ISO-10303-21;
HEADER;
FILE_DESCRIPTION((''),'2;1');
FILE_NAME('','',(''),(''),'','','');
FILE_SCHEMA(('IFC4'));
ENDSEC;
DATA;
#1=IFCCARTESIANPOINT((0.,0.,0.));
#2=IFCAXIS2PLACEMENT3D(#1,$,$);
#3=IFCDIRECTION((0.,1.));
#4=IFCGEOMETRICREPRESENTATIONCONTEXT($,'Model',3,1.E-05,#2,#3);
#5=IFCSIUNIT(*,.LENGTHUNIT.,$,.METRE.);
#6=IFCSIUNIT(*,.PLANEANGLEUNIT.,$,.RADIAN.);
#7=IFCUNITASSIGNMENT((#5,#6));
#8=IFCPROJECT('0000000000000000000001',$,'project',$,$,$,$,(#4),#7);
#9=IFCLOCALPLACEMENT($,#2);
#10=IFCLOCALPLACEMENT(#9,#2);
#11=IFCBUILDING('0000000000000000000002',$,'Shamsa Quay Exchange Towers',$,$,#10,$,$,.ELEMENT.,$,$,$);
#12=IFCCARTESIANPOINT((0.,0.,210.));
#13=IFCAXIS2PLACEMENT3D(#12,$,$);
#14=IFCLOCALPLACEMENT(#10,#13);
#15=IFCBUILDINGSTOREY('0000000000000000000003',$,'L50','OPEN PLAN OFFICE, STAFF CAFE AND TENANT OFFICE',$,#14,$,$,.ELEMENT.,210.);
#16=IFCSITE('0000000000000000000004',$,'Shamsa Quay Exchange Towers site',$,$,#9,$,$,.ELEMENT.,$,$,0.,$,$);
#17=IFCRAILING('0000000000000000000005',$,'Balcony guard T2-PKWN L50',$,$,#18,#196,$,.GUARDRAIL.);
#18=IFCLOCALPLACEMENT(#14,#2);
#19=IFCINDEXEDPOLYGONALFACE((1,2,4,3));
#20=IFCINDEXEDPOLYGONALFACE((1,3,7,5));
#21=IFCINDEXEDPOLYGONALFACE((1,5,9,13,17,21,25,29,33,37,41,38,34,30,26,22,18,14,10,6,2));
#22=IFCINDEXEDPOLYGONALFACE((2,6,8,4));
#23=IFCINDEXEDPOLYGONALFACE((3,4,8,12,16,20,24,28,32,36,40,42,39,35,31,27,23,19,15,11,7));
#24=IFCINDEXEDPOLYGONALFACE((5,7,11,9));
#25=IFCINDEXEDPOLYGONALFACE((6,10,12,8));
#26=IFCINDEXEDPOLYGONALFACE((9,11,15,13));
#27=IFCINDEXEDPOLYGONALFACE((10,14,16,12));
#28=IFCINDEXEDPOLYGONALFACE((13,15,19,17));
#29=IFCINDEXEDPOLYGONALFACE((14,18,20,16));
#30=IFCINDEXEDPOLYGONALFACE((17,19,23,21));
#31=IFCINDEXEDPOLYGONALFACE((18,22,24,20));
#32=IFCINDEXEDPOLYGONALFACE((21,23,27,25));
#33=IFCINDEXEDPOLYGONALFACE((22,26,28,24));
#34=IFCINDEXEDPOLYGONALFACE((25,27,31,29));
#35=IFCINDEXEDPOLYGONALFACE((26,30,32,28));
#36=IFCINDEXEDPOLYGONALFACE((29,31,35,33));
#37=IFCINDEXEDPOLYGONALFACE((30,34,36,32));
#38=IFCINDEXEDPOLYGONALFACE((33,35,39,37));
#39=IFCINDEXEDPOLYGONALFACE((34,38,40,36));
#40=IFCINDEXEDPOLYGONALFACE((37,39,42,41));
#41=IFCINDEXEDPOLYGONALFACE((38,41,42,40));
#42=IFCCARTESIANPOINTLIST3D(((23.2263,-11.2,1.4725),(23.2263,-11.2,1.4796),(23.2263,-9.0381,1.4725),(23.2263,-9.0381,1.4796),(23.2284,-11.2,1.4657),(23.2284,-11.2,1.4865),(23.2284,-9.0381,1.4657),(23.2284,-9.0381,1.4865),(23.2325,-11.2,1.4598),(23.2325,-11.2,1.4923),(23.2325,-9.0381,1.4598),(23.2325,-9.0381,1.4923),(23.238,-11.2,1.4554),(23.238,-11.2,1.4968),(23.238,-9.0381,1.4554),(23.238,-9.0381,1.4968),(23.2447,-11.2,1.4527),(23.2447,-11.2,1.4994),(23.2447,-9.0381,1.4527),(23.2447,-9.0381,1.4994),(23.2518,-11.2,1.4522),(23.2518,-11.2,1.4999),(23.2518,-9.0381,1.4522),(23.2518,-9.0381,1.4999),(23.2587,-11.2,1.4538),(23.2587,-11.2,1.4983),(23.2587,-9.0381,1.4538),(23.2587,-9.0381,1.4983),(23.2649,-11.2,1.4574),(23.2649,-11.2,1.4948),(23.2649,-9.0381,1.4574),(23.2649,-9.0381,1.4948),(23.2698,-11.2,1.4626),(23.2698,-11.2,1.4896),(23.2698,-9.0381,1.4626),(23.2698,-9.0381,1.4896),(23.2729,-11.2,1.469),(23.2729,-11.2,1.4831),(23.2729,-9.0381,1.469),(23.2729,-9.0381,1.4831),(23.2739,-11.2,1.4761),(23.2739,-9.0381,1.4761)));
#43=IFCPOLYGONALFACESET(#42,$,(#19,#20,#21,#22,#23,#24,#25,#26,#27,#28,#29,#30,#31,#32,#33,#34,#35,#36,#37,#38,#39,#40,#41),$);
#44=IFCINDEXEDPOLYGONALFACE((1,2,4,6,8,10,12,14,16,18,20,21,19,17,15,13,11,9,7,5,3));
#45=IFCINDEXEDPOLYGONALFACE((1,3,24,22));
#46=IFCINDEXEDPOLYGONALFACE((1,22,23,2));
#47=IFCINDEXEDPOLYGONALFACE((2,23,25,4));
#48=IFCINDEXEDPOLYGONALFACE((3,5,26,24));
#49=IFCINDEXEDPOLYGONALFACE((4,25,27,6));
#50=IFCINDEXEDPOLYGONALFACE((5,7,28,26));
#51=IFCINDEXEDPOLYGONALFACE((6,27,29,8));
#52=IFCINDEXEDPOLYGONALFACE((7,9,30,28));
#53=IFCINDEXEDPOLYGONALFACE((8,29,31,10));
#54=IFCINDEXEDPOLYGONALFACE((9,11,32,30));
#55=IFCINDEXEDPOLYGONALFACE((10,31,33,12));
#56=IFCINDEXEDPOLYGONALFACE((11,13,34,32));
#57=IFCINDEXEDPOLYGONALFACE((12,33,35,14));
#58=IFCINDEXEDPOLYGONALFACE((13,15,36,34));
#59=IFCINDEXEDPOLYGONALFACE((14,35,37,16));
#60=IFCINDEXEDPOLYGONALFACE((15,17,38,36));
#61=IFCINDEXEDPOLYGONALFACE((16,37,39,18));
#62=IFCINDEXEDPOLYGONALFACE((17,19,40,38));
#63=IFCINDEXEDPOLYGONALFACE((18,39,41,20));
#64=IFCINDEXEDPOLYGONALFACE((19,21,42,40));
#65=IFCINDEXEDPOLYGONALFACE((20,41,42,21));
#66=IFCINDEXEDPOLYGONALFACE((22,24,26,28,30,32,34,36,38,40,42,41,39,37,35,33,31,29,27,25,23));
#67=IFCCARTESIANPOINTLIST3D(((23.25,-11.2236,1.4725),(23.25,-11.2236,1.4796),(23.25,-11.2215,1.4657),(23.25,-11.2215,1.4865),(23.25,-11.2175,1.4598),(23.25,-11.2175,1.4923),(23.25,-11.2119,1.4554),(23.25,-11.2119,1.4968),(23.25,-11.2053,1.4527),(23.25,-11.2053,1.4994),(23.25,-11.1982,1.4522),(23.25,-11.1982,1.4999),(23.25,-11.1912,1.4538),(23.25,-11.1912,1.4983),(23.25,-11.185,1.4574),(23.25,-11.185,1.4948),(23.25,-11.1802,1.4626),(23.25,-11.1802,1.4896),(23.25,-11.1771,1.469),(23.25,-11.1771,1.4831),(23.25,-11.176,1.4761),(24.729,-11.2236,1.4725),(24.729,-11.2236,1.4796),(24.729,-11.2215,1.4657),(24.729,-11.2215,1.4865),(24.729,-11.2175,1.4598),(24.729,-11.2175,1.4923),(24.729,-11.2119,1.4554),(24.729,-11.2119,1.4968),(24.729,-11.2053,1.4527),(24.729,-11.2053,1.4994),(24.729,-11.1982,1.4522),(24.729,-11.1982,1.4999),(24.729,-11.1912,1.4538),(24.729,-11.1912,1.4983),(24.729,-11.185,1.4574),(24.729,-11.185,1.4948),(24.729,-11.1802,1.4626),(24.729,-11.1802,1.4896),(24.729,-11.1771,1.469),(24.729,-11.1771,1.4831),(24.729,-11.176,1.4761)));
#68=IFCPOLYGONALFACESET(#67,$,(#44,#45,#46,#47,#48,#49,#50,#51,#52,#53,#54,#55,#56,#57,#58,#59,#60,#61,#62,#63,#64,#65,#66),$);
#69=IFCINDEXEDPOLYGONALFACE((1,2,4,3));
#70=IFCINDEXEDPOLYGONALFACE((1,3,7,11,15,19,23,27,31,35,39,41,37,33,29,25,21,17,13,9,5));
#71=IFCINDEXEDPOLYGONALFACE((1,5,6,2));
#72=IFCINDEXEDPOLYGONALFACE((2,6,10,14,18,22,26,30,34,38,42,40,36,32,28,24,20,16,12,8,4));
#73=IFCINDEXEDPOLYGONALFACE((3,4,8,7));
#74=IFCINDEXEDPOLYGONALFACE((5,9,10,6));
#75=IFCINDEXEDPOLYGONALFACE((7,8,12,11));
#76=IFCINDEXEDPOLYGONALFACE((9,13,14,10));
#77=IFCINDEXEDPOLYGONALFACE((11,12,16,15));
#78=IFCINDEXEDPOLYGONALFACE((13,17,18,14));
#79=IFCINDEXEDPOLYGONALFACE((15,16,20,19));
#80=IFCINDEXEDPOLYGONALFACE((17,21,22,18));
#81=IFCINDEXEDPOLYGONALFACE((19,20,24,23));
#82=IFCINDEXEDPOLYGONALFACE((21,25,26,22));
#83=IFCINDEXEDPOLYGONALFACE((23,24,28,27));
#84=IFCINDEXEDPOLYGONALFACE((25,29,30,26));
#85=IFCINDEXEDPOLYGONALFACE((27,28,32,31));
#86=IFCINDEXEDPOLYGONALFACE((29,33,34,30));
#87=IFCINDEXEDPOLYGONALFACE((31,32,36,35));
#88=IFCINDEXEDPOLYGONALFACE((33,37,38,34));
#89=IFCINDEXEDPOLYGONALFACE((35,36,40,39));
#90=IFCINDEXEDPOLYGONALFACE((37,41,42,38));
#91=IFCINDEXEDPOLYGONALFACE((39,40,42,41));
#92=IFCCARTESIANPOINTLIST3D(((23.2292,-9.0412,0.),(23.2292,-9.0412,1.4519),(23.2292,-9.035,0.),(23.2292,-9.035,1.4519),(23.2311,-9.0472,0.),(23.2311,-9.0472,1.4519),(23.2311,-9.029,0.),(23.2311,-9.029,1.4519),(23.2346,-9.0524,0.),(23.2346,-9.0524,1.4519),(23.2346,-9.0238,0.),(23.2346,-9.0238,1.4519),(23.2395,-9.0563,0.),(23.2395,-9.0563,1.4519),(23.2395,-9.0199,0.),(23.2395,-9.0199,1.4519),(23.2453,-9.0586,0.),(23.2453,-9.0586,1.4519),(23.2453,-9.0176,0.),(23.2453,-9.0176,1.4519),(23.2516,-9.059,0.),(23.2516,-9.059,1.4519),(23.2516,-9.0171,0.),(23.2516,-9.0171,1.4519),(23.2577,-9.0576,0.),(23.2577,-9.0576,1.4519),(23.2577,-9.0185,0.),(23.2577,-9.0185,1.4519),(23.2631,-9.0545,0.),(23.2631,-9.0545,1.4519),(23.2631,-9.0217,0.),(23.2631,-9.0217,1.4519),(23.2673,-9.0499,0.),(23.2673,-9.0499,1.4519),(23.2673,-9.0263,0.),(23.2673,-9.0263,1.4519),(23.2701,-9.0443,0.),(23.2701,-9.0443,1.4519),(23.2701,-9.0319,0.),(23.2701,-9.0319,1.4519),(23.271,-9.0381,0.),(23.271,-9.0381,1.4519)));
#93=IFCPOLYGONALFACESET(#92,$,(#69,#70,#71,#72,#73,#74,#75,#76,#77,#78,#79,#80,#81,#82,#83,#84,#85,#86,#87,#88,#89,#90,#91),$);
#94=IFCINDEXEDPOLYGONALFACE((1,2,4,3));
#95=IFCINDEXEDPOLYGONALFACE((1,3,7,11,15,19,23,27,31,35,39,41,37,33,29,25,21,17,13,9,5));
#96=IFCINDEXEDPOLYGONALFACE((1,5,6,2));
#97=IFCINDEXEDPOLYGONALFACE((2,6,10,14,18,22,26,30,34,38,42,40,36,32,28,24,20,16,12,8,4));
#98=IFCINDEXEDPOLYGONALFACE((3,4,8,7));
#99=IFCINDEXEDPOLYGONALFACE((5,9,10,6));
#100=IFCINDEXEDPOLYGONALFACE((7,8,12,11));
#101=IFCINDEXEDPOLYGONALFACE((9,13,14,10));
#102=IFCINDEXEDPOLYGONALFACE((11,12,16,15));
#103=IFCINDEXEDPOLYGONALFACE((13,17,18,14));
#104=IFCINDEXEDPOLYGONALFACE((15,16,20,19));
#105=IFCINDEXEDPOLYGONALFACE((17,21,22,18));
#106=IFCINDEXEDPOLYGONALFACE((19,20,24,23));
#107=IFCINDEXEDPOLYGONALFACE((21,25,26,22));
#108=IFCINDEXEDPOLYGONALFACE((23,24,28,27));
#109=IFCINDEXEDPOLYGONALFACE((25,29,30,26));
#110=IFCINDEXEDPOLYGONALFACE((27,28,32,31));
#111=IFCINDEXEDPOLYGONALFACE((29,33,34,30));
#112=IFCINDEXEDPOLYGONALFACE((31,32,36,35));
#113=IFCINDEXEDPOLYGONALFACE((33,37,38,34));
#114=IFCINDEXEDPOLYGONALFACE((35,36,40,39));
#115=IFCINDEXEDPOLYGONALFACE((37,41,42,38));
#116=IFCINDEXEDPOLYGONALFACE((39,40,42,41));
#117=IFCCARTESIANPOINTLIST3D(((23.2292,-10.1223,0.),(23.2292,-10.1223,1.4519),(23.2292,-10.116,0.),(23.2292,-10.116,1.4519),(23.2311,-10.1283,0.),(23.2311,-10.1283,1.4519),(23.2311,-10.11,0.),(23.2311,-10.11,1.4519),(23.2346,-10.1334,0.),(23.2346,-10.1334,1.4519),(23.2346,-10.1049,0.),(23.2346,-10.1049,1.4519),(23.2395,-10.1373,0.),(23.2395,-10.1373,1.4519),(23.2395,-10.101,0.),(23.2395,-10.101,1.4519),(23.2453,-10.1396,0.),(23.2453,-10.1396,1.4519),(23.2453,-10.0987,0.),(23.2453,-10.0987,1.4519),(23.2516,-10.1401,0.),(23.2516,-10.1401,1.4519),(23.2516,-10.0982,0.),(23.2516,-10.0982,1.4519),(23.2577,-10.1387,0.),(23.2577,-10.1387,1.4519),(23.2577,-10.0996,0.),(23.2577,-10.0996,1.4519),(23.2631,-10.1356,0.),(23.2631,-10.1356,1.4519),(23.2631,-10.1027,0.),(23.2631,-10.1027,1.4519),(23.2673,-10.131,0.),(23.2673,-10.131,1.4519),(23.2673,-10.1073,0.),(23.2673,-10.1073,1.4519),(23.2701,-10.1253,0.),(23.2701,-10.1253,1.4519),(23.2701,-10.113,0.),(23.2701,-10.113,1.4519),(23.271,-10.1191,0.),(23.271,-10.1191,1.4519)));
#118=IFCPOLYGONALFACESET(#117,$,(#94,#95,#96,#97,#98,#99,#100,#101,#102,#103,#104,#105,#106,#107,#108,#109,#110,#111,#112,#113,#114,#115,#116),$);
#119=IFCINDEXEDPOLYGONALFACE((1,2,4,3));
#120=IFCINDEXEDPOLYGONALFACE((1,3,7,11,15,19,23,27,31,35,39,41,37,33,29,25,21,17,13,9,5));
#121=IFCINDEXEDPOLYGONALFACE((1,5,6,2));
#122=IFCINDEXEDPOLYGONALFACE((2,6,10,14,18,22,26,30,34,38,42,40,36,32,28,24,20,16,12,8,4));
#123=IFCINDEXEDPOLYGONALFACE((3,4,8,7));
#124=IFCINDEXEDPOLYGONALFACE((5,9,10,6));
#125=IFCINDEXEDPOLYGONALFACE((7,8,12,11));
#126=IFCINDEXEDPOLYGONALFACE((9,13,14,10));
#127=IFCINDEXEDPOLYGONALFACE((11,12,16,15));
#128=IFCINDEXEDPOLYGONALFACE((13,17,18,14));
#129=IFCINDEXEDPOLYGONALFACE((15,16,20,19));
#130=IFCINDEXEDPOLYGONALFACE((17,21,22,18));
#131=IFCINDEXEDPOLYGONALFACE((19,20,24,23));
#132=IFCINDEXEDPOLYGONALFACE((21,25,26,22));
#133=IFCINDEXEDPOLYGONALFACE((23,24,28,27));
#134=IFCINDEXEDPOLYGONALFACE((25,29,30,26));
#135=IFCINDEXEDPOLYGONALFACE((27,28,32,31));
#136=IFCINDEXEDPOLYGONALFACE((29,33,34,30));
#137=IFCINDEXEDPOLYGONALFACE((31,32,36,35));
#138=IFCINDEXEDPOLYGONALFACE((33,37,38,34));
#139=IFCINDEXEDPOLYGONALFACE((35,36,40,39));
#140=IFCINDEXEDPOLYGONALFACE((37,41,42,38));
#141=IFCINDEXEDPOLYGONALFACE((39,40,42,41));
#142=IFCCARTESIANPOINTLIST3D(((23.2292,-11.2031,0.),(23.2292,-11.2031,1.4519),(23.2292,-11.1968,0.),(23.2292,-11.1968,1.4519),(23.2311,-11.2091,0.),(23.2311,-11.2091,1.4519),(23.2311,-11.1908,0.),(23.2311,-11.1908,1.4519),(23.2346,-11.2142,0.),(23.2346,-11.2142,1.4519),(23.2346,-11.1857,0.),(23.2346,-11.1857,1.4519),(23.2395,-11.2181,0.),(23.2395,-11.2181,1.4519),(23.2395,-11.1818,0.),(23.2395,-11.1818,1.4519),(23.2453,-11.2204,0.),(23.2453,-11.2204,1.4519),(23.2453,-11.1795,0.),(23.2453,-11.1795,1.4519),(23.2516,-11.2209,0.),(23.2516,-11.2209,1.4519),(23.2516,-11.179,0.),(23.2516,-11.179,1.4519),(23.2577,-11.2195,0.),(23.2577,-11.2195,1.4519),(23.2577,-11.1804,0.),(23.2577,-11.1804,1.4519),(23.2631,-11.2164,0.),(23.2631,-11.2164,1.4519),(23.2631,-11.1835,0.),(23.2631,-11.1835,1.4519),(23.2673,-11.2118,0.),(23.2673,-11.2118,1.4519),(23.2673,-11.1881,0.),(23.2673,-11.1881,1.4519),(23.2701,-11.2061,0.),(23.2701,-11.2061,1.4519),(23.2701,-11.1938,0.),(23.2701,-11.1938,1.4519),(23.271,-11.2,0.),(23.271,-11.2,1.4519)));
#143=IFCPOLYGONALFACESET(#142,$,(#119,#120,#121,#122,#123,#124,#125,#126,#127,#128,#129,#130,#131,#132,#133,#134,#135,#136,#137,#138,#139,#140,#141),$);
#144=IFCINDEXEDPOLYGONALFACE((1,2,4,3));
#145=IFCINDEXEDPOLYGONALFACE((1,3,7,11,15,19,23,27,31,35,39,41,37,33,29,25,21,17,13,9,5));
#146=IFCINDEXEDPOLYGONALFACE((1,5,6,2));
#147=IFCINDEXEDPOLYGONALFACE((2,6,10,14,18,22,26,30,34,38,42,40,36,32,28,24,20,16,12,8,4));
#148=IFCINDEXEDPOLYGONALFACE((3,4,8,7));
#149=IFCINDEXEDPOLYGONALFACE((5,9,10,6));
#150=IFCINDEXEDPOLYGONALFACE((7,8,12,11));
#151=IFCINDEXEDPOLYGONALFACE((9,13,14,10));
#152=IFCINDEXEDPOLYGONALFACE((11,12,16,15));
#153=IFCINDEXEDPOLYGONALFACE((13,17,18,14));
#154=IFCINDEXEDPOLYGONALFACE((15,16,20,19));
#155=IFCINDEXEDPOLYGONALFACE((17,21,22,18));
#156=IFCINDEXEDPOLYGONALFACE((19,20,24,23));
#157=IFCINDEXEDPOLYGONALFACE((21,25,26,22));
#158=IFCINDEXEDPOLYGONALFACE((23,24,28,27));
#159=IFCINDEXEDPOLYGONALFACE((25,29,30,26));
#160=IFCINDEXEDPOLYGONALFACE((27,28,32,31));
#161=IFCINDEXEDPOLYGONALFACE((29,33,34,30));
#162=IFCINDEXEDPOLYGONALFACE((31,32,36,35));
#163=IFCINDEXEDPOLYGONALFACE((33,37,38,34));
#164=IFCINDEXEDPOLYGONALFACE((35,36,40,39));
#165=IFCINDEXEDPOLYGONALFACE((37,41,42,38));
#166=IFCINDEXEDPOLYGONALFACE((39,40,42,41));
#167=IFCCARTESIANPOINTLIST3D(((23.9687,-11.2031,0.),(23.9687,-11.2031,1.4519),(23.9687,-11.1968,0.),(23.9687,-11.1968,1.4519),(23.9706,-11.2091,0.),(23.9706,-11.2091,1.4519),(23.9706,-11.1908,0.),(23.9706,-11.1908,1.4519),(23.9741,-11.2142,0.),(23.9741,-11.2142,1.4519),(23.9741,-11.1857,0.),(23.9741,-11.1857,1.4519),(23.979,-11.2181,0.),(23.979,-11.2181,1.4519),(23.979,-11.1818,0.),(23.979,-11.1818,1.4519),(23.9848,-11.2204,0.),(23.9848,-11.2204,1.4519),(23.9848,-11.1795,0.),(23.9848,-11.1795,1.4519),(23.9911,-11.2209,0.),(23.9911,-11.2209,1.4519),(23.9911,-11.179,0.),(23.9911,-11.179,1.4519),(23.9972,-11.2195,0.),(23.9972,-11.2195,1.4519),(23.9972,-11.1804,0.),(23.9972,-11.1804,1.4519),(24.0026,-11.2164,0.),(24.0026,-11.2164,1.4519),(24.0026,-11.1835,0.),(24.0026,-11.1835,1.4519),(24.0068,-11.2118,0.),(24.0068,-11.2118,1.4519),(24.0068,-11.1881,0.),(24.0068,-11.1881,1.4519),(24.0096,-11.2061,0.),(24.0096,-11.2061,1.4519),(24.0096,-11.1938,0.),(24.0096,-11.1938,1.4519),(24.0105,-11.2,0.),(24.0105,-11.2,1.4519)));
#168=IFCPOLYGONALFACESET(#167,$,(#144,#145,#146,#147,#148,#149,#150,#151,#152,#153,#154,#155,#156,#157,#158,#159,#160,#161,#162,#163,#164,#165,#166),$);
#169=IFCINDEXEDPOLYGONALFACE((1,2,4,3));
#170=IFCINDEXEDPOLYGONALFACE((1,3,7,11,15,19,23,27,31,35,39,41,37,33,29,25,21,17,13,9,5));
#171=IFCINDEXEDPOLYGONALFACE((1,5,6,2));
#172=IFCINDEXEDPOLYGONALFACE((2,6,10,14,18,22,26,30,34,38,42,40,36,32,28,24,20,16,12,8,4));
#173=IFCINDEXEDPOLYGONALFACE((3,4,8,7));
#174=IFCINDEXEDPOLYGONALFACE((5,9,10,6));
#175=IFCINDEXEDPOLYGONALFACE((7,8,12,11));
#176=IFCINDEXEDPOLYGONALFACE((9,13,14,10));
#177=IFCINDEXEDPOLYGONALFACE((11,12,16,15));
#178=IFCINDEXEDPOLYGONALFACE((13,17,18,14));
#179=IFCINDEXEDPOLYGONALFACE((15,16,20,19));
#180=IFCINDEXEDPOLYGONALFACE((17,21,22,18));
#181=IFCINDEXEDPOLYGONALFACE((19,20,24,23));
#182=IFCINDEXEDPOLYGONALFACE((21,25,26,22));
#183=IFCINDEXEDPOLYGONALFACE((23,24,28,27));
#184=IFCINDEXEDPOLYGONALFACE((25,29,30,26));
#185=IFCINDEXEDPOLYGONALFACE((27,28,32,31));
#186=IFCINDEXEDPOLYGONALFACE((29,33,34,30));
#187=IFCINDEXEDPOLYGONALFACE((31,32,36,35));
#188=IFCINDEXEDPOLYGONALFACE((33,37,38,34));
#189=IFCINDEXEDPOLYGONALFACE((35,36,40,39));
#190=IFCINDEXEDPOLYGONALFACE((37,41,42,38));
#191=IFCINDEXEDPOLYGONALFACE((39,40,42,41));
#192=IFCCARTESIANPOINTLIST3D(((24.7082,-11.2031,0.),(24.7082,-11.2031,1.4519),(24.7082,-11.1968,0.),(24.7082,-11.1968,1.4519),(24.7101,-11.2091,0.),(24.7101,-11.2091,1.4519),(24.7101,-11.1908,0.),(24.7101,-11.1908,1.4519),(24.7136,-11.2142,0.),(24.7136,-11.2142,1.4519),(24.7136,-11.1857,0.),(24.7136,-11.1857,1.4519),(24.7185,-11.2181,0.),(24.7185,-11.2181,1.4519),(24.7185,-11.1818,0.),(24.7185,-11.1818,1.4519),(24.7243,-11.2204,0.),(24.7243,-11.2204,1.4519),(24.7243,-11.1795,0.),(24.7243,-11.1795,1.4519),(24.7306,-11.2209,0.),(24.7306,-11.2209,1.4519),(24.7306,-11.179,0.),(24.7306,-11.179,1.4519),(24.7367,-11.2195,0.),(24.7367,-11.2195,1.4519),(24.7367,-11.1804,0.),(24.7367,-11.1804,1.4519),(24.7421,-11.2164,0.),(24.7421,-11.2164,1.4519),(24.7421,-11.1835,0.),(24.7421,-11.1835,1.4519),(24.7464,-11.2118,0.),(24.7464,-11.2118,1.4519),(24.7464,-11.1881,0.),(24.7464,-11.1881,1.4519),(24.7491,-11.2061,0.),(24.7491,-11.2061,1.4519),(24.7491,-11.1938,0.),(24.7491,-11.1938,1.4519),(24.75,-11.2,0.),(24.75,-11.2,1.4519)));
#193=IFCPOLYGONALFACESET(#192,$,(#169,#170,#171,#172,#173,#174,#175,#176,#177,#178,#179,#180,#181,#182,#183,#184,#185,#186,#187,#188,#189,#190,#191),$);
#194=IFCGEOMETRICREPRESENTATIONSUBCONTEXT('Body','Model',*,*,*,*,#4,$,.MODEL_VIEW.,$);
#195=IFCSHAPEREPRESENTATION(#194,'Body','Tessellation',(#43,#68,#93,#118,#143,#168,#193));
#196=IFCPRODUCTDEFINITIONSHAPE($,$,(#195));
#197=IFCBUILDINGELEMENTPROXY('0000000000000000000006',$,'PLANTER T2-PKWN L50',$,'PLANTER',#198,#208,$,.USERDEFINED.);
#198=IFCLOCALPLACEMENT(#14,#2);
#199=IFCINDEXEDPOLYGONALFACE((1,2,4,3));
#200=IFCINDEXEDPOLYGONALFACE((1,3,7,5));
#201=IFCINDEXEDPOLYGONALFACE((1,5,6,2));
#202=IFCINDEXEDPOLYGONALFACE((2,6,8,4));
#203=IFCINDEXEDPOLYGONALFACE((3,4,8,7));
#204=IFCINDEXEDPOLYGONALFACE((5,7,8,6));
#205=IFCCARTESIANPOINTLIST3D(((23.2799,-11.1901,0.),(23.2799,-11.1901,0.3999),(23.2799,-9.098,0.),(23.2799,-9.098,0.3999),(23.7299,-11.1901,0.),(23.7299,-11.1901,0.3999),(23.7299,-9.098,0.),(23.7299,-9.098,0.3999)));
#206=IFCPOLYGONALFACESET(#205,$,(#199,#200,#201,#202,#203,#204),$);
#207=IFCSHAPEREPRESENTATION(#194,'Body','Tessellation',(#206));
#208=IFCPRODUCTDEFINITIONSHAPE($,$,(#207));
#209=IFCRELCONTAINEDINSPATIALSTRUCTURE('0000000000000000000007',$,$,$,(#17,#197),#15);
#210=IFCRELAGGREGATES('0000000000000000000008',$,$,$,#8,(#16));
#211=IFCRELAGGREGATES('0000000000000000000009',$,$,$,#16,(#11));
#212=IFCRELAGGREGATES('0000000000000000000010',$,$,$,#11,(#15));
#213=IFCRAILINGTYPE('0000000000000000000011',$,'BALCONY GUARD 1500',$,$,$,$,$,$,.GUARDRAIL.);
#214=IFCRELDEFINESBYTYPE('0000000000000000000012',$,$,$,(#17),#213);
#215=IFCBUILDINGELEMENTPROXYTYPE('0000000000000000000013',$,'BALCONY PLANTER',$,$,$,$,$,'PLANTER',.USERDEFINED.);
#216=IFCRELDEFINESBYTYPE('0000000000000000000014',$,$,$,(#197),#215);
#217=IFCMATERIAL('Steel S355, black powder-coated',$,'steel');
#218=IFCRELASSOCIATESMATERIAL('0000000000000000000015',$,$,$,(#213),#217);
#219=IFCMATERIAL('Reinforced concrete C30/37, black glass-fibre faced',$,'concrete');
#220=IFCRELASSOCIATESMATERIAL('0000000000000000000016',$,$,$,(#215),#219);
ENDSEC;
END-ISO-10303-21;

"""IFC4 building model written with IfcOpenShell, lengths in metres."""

from ifc_helpers import new_model, si_unit, direction, frame, origin, origin_2d, place, context, subcontext, project, spatial, rectangle, circle, extrude, material, type_object, element, save


model = new_model("IFC4")

# Units and contexts
model_context = context("Model", 3, precision=1e-05, world=origin(), true_north=direction((0.0, 1.0)))
body_context = subcontext(model_context, "Body", "Model", "MODEL_VIEW")
ifc_project = project(units=[si_unit("LENGTHUNIT", "METRE"), si_unit("PLANEANGLEUNIT", "RADIAN")], contexts=[model_context])

# Site, building, storey
site_placement = place(None, origin())
site = spatial("IfcSite", under=ifc_project, at=site_placement, Name="Shamsa Quay Exchange Towers site", CompositionType="ELEMENT", RefElevation=0.0)
building_placement = place(site_placement, origin())
building = spatial("IfcBuilding", under=site, at=building_placement, Name="Shamsa Quay Exchange Towers", CompositionType="ELEMENT")
storey_placement = place(building_placement, frame((0.0, 0.0, 210.0)))
storey = spatial("IfcBuildingStorey", under=building, at=storey_placement, Name="L50", Description="OPEN PLAN OFFICE, STAFF CAFE AND TENANT OFFICE", CompositionType="ELEMENT", Elevation=210.0)

# Railing
ifc_material_1 = material(Name="Steel S355, black powder-coated", Category="steel")
railing_type = type_object("IfcRailingType", Name="BALCONY GUARD 1500", PredefinedType="GUARDRAIL", material=ifc_material_1)
railing_placement = place(storey_placement, frame((23.25, -9.0381, 0.0)))
element("IfcRailing", 1, at=railing_placement, inside=storey, type_object=railing_type, Name="Balcony guard T2-PKWN L50", PredefinedType="GUARDRAIL", context=body_context, shape_type="SweptSolid", body=[
    extrude(circle(Radius=0.0239, at=origin_2d()), frame((0.0, 0.0, 1.4761), z_axis=(0.0, -1.0, 0.0), x_axis=(1.0, 0.0, 0.0)), (0.0, 0.0, 1.0), 2.1619),
    extrude(circle(Radius=0.0239, at=origin_2d()), frame((0.0, -2.1619, 1.4761), z_axis=(1.0, 0.0, 0.0), x_axis=(0.0, 1.0, 0.0)), (0.0, 0.0, 1.0), 1.479),
    extrude(circle(Radius=0.021, at=origin_2d()), origin(), (0.0, 0.0, 1.0), 1.4519),
    extrude(circle(Radius=0.021, at=origin_2d()), frame((0.0, -1.0811, 0.0)), (0.0, 0.0, 1.0), 1.4519),
    extrude(circle(Radius=0.021, at=origin_2d()), frame((0.0, -2.1619, 0.0)), (0.0, 0.0, 1.0), 1.4519),
    extrude(circle(Radius=0.021, at=origin_2d()), frame((0.7395, -2.1619, 0.0)), (0.0, 0.0, 1.0), 1.4519),
    extrude(circle(Radius=0.021, at=origin_2d()), frame((1.479, -2.1619, 0.0)), (0.0, 0.0, 1.0), 1.4519),
])

# Building element proxy
ifc_material_2 = material(Name="Reinforced concrete C30/37, black glass-fibre faced", Category="concrete")
building_element_proxy_type = type_object("IfcBuildingElementProxyType", Name="BALCONY PLANTER", ElementType="PLANTER", PredefinedType="USERDEFINED", material=ifc_material_2)
proxy_placement = place(storey_placement, frame((23.5049, -10.144, 0.0), z_axis=(0.0, 0.0, 1.0), x_axis=(0.0, -1.0, 0.0)))
element("IfcBuildingElementProxy", 2, at=proxy_placement, inside=storey, type_object=building_element_proxy_type, Name="PLANTER T2-PKWN L50", ObjectType="PLANTER", PredefinedType="USERDEFINED", context=body_context, shape_type="SweptSolid", body=[
    extrude(rectangle(XDim=2.092, YDim=0.45, at=origin_2d()), origin(), (0.0, 0.0, 1.0), 0.3999),
])

save(model, "model.ifc")
